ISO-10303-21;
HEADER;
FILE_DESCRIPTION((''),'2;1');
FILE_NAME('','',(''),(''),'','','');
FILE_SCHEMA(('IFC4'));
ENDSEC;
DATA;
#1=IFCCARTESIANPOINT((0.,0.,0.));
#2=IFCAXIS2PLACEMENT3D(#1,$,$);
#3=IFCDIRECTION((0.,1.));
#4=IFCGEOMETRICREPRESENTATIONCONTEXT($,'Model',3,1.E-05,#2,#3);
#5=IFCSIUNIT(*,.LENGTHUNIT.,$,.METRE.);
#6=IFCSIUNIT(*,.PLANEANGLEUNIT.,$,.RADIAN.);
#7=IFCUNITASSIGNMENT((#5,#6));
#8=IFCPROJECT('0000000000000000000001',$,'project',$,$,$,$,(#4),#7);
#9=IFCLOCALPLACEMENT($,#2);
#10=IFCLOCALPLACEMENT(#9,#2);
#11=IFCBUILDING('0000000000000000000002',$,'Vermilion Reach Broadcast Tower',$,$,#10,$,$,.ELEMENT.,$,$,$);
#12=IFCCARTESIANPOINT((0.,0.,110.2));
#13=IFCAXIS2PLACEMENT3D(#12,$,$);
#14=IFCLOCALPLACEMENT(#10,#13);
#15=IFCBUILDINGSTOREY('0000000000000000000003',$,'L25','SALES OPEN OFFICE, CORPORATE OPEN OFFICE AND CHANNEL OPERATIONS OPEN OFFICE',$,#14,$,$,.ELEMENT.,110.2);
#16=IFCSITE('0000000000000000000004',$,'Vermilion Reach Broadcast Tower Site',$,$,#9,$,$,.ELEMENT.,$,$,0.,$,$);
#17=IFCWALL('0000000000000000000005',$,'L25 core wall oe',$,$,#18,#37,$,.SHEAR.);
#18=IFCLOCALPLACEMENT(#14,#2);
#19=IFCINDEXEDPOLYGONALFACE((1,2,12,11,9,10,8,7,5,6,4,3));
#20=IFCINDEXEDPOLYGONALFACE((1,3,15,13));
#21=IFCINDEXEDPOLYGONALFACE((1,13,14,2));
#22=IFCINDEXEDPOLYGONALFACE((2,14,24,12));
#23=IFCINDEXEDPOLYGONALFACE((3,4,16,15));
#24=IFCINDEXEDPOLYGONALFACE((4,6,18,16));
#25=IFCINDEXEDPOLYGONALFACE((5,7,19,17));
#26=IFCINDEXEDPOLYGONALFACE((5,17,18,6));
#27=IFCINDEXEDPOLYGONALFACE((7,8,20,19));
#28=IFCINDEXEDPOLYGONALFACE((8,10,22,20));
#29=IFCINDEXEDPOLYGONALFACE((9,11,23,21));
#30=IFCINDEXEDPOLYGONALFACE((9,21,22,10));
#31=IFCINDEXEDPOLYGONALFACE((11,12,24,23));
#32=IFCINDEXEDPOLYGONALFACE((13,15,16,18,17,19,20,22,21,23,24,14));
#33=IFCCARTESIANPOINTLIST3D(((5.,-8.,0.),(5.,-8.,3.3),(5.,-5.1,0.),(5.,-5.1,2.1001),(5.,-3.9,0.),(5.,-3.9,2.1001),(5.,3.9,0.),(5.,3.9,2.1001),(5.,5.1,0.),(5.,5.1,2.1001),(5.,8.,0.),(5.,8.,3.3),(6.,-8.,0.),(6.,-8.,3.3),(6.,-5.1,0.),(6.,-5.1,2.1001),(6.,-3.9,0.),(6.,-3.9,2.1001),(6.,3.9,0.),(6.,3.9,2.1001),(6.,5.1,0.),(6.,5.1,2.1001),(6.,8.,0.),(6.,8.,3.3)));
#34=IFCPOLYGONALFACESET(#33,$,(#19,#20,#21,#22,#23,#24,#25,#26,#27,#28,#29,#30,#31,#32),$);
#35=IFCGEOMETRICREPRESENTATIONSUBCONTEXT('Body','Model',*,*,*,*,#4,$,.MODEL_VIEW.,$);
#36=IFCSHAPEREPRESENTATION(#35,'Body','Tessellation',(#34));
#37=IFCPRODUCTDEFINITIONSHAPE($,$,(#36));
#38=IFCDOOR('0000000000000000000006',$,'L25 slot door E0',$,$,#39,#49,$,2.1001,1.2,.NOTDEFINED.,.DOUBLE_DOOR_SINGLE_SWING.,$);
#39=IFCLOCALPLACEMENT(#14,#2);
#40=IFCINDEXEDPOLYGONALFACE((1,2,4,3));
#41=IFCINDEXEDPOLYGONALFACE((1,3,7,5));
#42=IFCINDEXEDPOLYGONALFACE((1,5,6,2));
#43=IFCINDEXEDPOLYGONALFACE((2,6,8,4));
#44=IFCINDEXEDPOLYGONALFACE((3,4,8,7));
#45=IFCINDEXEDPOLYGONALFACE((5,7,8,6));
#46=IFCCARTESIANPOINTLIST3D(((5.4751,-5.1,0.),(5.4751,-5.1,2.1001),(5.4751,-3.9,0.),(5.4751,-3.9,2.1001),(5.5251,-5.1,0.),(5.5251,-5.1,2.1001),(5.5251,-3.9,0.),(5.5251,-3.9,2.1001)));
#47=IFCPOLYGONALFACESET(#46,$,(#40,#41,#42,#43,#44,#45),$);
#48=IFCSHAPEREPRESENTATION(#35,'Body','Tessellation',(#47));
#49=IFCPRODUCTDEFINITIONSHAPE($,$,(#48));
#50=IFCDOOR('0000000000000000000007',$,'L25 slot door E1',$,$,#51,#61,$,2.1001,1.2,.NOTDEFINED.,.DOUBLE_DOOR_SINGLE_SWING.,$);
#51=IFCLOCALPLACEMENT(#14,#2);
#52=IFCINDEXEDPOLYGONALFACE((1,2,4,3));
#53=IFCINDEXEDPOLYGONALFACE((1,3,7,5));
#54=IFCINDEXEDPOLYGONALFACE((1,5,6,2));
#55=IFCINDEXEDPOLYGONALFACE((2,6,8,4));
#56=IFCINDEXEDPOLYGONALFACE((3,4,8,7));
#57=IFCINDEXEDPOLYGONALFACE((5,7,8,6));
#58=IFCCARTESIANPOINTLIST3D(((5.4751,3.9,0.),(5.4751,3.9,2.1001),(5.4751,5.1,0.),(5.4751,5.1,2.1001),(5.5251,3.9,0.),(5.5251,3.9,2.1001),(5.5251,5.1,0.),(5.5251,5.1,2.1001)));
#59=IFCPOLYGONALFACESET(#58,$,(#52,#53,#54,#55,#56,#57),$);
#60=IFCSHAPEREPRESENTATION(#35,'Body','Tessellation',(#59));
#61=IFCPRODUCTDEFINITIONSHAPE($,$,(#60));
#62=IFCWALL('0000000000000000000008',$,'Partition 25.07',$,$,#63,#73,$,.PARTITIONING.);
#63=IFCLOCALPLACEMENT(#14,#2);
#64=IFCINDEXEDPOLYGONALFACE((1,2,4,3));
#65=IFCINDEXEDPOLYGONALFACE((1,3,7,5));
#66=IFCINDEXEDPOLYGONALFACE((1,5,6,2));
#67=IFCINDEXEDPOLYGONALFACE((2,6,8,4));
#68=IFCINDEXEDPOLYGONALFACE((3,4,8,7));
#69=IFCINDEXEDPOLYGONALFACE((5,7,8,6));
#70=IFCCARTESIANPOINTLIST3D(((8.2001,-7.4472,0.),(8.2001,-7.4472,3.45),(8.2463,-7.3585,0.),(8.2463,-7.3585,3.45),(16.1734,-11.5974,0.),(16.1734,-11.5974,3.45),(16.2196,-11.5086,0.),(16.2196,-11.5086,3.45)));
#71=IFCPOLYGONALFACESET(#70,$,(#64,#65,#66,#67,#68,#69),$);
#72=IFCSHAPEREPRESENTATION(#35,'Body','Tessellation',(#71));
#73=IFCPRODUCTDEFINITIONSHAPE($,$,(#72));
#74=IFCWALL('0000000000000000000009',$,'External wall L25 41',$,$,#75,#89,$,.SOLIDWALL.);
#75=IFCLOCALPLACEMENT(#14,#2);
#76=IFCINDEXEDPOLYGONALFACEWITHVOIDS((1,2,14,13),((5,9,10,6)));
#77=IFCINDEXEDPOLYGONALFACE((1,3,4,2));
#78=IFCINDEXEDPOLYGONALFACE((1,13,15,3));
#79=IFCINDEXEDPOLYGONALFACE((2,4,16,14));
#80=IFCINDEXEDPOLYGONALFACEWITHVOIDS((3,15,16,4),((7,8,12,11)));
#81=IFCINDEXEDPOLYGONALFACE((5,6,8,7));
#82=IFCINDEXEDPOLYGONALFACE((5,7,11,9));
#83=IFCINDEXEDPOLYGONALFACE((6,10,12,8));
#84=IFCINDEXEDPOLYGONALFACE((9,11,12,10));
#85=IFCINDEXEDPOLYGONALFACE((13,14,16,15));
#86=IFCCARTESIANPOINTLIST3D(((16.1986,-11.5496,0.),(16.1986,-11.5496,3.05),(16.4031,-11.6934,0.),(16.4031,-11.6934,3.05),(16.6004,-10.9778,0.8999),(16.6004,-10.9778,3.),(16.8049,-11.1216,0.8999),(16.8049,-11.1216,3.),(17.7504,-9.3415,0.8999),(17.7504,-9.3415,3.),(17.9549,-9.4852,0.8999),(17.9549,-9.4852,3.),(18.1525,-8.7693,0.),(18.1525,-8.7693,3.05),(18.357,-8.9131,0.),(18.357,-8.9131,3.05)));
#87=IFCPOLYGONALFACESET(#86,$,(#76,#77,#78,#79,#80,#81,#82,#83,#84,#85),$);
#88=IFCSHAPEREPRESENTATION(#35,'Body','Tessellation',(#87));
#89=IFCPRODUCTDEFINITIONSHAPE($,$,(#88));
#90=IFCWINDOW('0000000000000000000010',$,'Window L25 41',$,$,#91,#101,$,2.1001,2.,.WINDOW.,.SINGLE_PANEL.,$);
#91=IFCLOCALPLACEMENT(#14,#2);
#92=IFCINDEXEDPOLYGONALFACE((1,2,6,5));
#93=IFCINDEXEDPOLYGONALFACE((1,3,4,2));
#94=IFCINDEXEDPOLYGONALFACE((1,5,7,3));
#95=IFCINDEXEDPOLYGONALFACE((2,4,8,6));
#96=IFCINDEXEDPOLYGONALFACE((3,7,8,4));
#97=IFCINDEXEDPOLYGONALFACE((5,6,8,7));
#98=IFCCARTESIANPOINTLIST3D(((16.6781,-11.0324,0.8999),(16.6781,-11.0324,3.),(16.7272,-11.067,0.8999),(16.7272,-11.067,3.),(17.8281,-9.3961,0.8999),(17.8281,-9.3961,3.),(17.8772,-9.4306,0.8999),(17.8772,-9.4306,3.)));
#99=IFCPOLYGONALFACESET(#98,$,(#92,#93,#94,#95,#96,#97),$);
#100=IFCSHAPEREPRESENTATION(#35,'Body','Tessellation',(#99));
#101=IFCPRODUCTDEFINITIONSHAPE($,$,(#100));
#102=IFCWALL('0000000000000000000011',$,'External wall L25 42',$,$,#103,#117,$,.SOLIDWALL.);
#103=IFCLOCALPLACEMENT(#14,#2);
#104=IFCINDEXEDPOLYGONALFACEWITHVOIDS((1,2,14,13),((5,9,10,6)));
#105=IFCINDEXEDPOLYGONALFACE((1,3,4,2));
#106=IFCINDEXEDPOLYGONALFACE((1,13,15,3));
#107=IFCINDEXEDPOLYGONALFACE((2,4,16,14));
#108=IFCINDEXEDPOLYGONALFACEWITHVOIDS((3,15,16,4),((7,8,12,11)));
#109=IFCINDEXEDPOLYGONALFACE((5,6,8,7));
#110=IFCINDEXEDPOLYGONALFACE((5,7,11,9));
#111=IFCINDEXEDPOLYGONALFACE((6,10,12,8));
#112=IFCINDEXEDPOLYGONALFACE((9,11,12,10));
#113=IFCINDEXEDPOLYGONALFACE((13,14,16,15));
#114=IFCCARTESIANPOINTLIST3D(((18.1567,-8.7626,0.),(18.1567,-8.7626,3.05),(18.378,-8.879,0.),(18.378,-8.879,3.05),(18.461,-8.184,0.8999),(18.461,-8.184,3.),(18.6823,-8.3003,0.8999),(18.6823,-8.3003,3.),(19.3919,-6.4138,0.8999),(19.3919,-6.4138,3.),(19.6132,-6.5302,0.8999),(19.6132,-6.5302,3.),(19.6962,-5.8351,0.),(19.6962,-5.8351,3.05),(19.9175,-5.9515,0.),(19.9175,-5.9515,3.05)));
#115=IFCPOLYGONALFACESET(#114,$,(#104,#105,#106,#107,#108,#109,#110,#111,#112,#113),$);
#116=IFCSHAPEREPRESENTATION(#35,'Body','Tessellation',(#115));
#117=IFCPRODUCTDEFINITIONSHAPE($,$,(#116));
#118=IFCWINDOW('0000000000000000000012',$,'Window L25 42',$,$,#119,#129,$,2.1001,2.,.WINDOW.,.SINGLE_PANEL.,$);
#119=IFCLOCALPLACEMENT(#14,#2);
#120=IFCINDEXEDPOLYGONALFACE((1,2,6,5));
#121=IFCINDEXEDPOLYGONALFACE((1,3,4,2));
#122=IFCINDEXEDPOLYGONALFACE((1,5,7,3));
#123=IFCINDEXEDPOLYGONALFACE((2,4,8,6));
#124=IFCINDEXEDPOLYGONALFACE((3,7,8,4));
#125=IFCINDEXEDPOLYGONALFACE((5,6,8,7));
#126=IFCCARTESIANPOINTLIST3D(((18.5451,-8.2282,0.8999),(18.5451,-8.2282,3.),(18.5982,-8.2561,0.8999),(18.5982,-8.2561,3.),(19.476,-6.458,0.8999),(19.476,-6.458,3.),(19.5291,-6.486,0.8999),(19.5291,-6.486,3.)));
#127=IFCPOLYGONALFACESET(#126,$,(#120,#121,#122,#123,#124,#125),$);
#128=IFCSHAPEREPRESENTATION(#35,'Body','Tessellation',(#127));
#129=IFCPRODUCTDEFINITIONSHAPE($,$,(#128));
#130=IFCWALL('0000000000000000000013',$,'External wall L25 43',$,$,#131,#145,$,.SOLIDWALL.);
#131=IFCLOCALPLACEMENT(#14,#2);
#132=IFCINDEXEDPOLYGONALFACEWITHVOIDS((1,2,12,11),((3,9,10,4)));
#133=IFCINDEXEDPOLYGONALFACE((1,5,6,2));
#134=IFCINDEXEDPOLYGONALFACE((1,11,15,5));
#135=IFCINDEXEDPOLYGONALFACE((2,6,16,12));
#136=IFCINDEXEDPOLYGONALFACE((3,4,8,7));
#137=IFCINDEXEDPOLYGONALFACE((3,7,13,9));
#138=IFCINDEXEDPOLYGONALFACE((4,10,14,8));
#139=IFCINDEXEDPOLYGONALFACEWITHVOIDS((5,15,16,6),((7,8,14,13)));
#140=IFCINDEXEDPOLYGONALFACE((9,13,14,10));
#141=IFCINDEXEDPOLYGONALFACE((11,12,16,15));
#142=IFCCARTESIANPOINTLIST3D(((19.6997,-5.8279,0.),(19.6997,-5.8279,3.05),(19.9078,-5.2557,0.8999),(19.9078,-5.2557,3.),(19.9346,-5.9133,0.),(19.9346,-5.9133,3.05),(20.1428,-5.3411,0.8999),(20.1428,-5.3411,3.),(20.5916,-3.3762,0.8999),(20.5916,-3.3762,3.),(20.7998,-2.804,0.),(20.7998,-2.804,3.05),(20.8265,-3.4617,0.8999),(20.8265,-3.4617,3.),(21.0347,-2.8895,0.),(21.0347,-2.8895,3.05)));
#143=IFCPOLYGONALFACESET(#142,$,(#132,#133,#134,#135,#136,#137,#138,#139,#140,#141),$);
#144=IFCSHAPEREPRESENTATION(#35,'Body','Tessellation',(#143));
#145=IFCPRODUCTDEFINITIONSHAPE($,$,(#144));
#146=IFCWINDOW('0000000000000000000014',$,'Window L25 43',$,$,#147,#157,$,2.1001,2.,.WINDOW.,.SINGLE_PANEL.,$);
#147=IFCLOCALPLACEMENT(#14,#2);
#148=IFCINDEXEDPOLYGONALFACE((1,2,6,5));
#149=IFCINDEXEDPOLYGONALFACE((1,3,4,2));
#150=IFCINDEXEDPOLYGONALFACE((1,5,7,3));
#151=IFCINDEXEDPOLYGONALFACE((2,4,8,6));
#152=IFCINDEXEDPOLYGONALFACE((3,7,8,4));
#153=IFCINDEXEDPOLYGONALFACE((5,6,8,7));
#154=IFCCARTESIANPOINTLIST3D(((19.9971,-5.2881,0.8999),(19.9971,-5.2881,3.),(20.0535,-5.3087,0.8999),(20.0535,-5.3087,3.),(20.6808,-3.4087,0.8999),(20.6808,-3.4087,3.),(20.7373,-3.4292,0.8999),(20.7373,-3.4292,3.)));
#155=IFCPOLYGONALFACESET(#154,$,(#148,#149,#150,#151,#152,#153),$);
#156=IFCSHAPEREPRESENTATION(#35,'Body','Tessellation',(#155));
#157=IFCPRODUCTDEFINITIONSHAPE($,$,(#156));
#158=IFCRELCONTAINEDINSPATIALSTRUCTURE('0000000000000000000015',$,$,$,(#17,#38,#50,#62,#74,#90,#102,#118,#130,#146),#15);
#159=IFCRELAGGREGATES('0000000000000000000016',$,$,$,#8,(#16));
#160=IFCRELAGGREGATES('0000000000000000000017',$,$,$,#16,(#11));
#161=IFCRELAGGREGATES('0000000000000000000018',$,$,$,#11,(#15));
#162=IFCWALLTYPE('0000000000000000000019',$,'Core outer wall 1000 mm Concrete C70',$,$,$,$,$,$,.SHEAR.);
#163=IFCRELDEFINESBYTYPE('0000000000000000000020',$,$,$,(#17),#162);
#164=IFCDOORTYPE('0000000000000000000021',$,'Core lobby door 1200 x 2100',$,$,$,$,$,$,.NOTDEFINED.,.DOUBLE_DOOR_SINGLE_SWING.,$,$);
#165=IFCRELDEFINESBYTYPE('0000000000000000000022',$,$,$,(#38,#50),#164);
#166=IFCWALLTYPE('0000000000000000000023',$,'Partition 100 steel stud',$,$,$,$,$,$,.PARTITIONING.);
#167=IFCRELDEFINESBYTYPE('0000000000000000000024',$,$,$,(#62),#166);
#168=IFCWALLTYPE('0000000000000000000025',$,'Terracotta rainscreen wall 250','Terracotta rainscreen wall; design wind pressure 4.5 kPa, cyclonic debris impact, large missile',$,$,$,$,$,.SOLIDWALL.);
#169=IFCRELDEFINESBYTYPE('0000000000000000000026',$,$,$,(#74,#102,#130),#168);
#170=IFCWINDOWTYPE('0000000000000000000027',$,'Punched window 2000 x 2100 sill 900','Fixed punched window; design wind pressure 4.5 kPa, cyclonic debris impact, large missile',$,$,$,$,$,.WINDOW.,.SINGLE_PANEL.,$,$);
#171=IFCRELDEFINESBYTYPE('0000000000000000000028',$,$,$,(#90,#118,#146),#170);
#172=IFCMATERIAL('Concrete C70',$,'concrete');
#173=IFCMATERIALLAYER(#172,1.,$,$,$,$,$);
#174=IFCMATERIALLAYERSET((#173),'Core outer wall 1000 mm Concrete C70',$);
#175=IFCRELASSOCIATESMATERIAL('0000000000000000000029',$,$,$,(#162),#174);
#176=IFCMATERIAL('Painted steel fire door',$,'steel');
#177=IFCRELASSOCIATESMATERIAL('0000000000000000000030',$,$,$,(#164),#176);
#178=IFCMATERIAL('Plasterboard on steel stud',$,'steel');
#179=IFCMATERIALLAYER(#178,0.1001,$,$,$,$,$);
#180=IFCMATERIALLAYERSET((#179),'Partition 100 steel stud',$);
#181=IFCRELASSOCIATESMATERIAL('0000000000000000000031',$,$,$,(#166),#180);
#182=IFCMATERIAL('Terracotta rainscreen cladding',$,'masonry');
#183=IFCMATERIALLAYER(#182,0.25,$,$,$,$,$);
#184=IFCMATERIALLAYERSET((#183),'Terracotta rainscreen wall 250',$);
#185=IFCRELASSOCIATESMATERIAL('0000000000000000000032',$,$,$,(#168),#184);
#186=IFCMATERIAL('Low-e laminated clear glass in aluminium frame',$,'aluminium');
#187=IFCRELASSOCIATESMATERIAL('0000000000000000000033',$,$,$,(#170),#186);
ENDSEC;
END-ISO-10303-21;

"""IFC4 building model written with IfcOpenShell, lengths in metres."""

from ifc_helpers import new_model, si_unit, direction, frame, frame_2d, origin, place, context, subcontext, project, spatial, rectangle, extrude, material, layer, layer_set, type_object, element, fill, save


model = new_model("IFC4")

# Units and contexts
model_context = context("Model", 3, precision=1e-05, world=origin(), true_north=direction((0.0, 1.0)))
body_context = subcontext(model_context, "Body", "Model", "MODEL_VIEW")
ifc_project = project(units=[si_unit("LENGTHUNIT", "METRE"), si_unit("PLANEANGLEUNIT", "RADIAN")], contexts=[model_context])

# Site, building, storey
site_placement = place(None, origin())
site = spatial("IfcSite", under=ifc_project, at=site_placement, Name="Vermilion Reach Broadcast Tower Site", CompositionType="ELEMENT", RefElevation=0.0)
building_placement = place(site_placement, origin())
building = spatial("IfcBuilding", under=site, at=building_placement, Name="Vermilion Reach Broadcast Tower", CompositionType="ELEMENT")
storey_placement = place(building_placement, frame((0.0, 0.0, 110.2)))
storey = spatial("IfcBuildingStorey", under=building, at=storey_placement, Name="L25", Description="SALES OPEN OFFICE, CORPORATE OPEN OFFICE AND CHANNEL OPERATIONS OPEN OFFICE", CompositionType="ELEMENT", Elevation=110.2)

# Wall, openings, doors
ifc_material_1 = material(Name="Concrete C70", Category="concrete")
ifc_layer_1 = layer(ifc_material_1, 1.0)
ifc_layer_set_1 = layer_set([ifc_layer_1], Name="Core outer wall 1000 mm Concrete C70")
wall_type_1 = type_object("IfcWallType", Name="Core outer wall 1000 mm Concrete C70", PredefinedType="SHEAR", material=ifc_layer_set_1)
wall_1_placement = place(storey_placement, frame((5.5, -8.0, 0.0), z_axis=(0.0, 0.0, 1.0), x_axis=(0.0, 1.0, 0.0)))
wall_1 = element("IfcWall", 1, at=wall_1_placement, inside=storey, type_object=wall_type_1, Name="L25 core wall oe", PredefinedType="SHEAR", context=body_context, shape_type="SweptSolid", body=[
    extrude(rectangle(XDim=16.0, YDim=1.0, at=frame_2d((8.0, 0.0))), origin(), (0.0, 0.0, 1.0), 3.3),
])
opening_1_placement = place(wall_1_placement, frame((2.8999, 0.0, 0.0)))
opening_1 = element("IfcOpeningElement", 2, at=opening_1_placement, cuts=wall_1, PredefinedType="OPENING", context=body_context, shape_type="SweptSolid", body=[
    extrude(rectangle(XDim=1.2, YDim=2.1001, at=frame_2d((0.6001, 1.05))), frame((0.0, 0.51, 0.0), z_axis=(0.0, -1.0, 0.0), x_axis=(1.0, 0.0, 0.0)), (0.0, 0.0, 1.0), 1.02),
])
opening_2_placement = place(wall_1_placement, frame((11.8999, 0.0, 0.0)))
opening_2 = element("IfcOpeningElement", 3, at=opening_2_placement, cuts=wall_1, PredefinedType="OPENING", context=body_context, shape_type="SweptSolid", body=[
    extrude(rectangle(XDim=1.2, YDim=2.1001, at=frame_2d((0.6001, 1.05))), frame((0.0, 0.51, 0.0), z_axis=(0.0, -1.0, 0.0), x_axis=(1.0, 0.0, 0.0)), (0.0, 0.0, 1.0), 1.02),
])
ifc_material_2 = material(Name="Painted steel fire door", Category="steel")
door_type_1 = type_object("IfcDoorType", Name="Core lobby door 1200 x 2100", OperationType="DOUBLE_DOOR_SINGLE_SWING", PredefinedType="NOTDEFINED", material=ifc_material_2)
door_1_placement = place(opening_1_placement, origin())
door_1 = element("IfcDoor", 4, at=door_1_placement, inside=storey, type_object=door_type_1, Name="L25 slot door E0", OperationType="DOUBLE_DOOR_SINGLE_SWING", OverallHeight=2.1001, OverallWidth=1.2, PredefinedType="NOTDEFINED", context=body_context, shape_type="SweptSolid", body=[
    extrude(rectangle(XDim=1.2, YDim=2.1001, at=frame_2d((0.6001, 1.05))), frame((0.0, 0.0249, 0.0), z_axis=(0.0, -1.0, 0.0), x_axis=(1.0, 0.0, 0.0)), (0.0, 0.0, 1.0), 0.05),
])
fill(opening_1, door_1)
door_2_placement = place(opening_2_placement, origin())
door_2 = element("IfcDoor", 5, at=door_2_placement, inside=storey, type_object=door_type_1, Name="L25 slot door E1", OperationType="DOUBLE_DOOR_SINGLE_SWING", OverallHeight=2.1001, OverallWidth=1.2, PredefinedType="NOTDEFINED", context=body_context, shape_type="SweptSolid", body=[
    extrude(rectangle(XDim=1.2, YDim=2.1001, at=frame_2d((0.6001, 1.05))), frame((0.0, 0.0249, 0.0), z_axis=(0.0, -1.0, 0.0), x_axis=(1.0, 0.0, 0.0)), (0.0, 0.0, 1.0), 0.05),
])
fill(opening_2, door_2)

# Wall
ifc_material_3 = material(Name="Plasterboard on steel stud", Category="steel")
ifc_layer_2 = layer(ifc_material_3, 0.1001)
ifc_layer_set_2 = layer_set([ifc_layer_2], Name="Partition 100 steel stud")
wall_type_2 = type_object("IfcWallType", Name="Partition 100 steel stud", PredefinedType="PARTITIONING", material=ifc_layer_set_2)
wall_2_placement = place(storey_placement, frame((16.1965, -11.553, 0.0), z_axis=(0.0, 0.0, 1.0), x_axis=(-0.887035, 0.461702, 0.0)))
element("IfcWall", 6, at=wall_2_placement, inside=storey, type_object=wall_type_2, Name="Partition 25.07", PredefinedType="PARTITIONING", context=body_context, shape_type="SweptSolid", body=[
    extrude(rectangle(XDim=8.9888, YDim=0.1001, at=frame_2d((4.4944, 0.0))), origin(), (0.0, 0.0, 1.0), 3.45),
])

# Walls, openings, windows
ifc_material_4 = material(Name="Terracotta rainscreen cladding", Category="masonry")
ifc_layer_3 = layer(ifc_material_4, 0.25)
ifc_layer_set_3 = layer_set([ifc_layer_3], Name="Terracotta rainscreen wall 250")
wall_type_3 = type_object("IfcWallType", Name="Terracotta rainscreen wall 250", Description="Terracotta rainscreen wall; design wind pressure 4.5 kPa, cyclonic debris impact, large missile", PredefinedType="SOLIDWALL", material=ifc_layer_set_3)
wall_3_placement = place(storey_placement, frame((16.3008, -11.6216, 0.0), z_axis=(0.0, 0.0, 1.0), x_axis=(0.574975, 0.818171, 0.0)))
wall_3 = element("IfcWall", 7, at=wall_3_placement, inside=storey, type_object=wall_type_3, Name="External wall L25 41", PredefinedType="SOLIDWALL", context=body_context, shape_type="SweptSolid", body=[
    extrude(rectangle(XDim=3.3982, YDim=0.25, at=frame_2d((1.6992, 0.0))), origin(), (0.0, 0.0, 1.0), 3.05),
])
opening_3_placement = place(wall_3_placement, frame((0.699, 0.0, 0.8999)))
opening_3 = element("IfcOpeningElement", 8, at=opening_3_placement, cuts=wall_3, PredefinedType="OPENING", context=body_context, shape_type="SweptSolid", body=[
    extrude(rectangle(XDim=2.0, YDim=2.1001, at=frame_2d((1.0, 1.05))), frame((0.0, 0.135, 0.0), z_axis=(0.0, -1.0, 0.0), x_axis=(1.0, 0.0, 0.0)), (0.0, 0.0, 1.0), 0.27),
])
ifc_material_5 = material(Name="Low-e laminated clear glass in aluminium frame", Category="aluminium")
window_type = type_object("IfcWindowType", Name="Punched window 2000 x 2100 sill 900", Description="Fixed punched window; design wind pressure 4.5 kPa, cyclonic debris impact, large missile", PartitioningType="SINGLE_PANEL", PredefinedType="WINDOW", material=ifc_material_5)
window_1_placement = place(opening_3_placement, origin())
window_1 = element("IfcWindow", 9, at=window_1_placement, inside=storey, type_object=window_type, Name="Window L25 41", OverallHeight=2.1001, OverallWidth=2.0, PartitioningType="SINGLE_PANEL", PredefinedType="WINDOW", context=body_context, shape_type="SweptSolid", body=[
    extrude(rectangle(XDim=2.0, YDim=2.1001, at=frame_2d((1.0, 1.05))), frame((0.0, 0.03, 0.0), z_axis=(0.0, -1.0, 0.0), x_axis=(1.0, 0.0, 0.0)), (0.0, 0.0, 1.0), 0.0601),
])
fill(opening_3, window_1)
wall_4_placement = place(storey_placement, frame((18.2673, -8.8208, 0.0), z_axis=(0.0, 0.0, 1.0), x_axis=(0.465454, 0.885072, 0.0)))
wall_4 = element("IfcWall", 10, at=wall_4_placement, inside=storey, type_object=wall_type_3, Name="External wall L25 42", PredefinedType="SOLIDWALL", context=body_context, shape_type="SweptSolid", body=[
    extrude(rectangle(XDim=3.3076, YDim=0.25, at=frame_2d((1.6538, 0.0))), origin(), (0.0, 0.0, 1.0), 3.05),
])
opening_4_placement = place(wall_4_placement, frame((0.6538, 0.0, 0.8999)))
opening_4 = element("IfcOpeningElement", 11, at=opening_4_placement, cuts=wall_4, PredefinedType="OPENING", context=body_context, shape_type="SweptSolid", body=[
    extrude(rectangle(XDim=2.0, YDim=2.1001, at=frame_2d((1.0, 1.05))), frame((0.0, 0.135, 0.0), z_axis=(0.0, -1.0, 0.0), x_axis=(1.0, 0.0, 0.0)), (0.0, 0.0, 1.0), 0.27),
])
window_2_placement = place(opening_4_placement, origin())
window_2 = element("IfcWindow", 12, at=window_2_placement, inside=storey, type_object=window_type, Name="Window L25 42", OverallHeight=2.1001, OverallWidth=2.0, PartitioningType="SINGLE_PANEL", PredefinedType="WINDOW", context=body_context, shape_type="SweptSolid", body=[
    extrude(rectangle(XDim=2.0, YDim=2.1001, at=frame_2d((1.0, 1.05))), frame((0.0, 0.03, 0.0), z_axis=(0.0, -1.0, 0.0), x_axis=(1.0, 0.0, 0.0)), (0.0, 0.0, 1.0), 0.0601),
])
fill(opening_4, window_2)
wall_5_placement = place(storey_placement, frame((19.8171, -5.8706, 0.0), z_axis=(0.0, 0.0, 1.0), x_axis=(0.341877, 0.939745, 0.0)))
wall_5 = element("IfcWall", 13, at=wall_5_placement, inside=storey, type_object=wall_type_3, Name="External wall L25 43", PredefinedType="SOLIDWALL", context=body_context, shape_type="SweptSolid", body=[
    extrude(rectangle(XDim=3.2178, YDim=0.25, at=frame_2d((1.6089, 0.0))), origin(), (0.0, 0.0, 1.0), 3.05),
])
opening_5_placement = place(wall_5_placement, frame((0.6089, 0.0, 0.8999)))
opening_5 = element("IfcOpeningElement", 14, at=opening_5_placement, cuts=wall_5, PredefinedType="OPENING", context=body_context, shape_type="SweptSolid", body=[
    extrude(rectangle(XDim=2.0, YDim=2.1001, at=frame_2d((1.0, 1.05))), frame((0.0, 0.135, 0.0), z_axis=(0.0, -1.0, 0.0), x_axis=(1.0, 0.0, 0.0)), (0.0, 0.0, 1.0), 0.27),
])
window_3_placement = place(opening_5_placement, origin())
window_3 = element("IfcWindow", 15, at=window_3_placement, inside=storey, type_object=window_type, Name="Window L25 43", OverallHeight=2.1001, OverallWidth=2.0, PartitioningType="SINGLE_PANEL", PredefinedType="WINDOW", context=body_context, shape_type="SweptSolid", body=[
    extrude(rectangle(XDim=2.0, YDim=2.1001, at=frame_2d((1.0, 1.05))), frame((0.0, 0.03, 0.0), z_axis=(0.0, -1.0, 0.0), x_axis=(1.0, 0.0, 0.0)), (0.0, 0.0, 1.0), 0.0601),
])
fill(opening_5, window_3)

save(model, "model.ifc")
